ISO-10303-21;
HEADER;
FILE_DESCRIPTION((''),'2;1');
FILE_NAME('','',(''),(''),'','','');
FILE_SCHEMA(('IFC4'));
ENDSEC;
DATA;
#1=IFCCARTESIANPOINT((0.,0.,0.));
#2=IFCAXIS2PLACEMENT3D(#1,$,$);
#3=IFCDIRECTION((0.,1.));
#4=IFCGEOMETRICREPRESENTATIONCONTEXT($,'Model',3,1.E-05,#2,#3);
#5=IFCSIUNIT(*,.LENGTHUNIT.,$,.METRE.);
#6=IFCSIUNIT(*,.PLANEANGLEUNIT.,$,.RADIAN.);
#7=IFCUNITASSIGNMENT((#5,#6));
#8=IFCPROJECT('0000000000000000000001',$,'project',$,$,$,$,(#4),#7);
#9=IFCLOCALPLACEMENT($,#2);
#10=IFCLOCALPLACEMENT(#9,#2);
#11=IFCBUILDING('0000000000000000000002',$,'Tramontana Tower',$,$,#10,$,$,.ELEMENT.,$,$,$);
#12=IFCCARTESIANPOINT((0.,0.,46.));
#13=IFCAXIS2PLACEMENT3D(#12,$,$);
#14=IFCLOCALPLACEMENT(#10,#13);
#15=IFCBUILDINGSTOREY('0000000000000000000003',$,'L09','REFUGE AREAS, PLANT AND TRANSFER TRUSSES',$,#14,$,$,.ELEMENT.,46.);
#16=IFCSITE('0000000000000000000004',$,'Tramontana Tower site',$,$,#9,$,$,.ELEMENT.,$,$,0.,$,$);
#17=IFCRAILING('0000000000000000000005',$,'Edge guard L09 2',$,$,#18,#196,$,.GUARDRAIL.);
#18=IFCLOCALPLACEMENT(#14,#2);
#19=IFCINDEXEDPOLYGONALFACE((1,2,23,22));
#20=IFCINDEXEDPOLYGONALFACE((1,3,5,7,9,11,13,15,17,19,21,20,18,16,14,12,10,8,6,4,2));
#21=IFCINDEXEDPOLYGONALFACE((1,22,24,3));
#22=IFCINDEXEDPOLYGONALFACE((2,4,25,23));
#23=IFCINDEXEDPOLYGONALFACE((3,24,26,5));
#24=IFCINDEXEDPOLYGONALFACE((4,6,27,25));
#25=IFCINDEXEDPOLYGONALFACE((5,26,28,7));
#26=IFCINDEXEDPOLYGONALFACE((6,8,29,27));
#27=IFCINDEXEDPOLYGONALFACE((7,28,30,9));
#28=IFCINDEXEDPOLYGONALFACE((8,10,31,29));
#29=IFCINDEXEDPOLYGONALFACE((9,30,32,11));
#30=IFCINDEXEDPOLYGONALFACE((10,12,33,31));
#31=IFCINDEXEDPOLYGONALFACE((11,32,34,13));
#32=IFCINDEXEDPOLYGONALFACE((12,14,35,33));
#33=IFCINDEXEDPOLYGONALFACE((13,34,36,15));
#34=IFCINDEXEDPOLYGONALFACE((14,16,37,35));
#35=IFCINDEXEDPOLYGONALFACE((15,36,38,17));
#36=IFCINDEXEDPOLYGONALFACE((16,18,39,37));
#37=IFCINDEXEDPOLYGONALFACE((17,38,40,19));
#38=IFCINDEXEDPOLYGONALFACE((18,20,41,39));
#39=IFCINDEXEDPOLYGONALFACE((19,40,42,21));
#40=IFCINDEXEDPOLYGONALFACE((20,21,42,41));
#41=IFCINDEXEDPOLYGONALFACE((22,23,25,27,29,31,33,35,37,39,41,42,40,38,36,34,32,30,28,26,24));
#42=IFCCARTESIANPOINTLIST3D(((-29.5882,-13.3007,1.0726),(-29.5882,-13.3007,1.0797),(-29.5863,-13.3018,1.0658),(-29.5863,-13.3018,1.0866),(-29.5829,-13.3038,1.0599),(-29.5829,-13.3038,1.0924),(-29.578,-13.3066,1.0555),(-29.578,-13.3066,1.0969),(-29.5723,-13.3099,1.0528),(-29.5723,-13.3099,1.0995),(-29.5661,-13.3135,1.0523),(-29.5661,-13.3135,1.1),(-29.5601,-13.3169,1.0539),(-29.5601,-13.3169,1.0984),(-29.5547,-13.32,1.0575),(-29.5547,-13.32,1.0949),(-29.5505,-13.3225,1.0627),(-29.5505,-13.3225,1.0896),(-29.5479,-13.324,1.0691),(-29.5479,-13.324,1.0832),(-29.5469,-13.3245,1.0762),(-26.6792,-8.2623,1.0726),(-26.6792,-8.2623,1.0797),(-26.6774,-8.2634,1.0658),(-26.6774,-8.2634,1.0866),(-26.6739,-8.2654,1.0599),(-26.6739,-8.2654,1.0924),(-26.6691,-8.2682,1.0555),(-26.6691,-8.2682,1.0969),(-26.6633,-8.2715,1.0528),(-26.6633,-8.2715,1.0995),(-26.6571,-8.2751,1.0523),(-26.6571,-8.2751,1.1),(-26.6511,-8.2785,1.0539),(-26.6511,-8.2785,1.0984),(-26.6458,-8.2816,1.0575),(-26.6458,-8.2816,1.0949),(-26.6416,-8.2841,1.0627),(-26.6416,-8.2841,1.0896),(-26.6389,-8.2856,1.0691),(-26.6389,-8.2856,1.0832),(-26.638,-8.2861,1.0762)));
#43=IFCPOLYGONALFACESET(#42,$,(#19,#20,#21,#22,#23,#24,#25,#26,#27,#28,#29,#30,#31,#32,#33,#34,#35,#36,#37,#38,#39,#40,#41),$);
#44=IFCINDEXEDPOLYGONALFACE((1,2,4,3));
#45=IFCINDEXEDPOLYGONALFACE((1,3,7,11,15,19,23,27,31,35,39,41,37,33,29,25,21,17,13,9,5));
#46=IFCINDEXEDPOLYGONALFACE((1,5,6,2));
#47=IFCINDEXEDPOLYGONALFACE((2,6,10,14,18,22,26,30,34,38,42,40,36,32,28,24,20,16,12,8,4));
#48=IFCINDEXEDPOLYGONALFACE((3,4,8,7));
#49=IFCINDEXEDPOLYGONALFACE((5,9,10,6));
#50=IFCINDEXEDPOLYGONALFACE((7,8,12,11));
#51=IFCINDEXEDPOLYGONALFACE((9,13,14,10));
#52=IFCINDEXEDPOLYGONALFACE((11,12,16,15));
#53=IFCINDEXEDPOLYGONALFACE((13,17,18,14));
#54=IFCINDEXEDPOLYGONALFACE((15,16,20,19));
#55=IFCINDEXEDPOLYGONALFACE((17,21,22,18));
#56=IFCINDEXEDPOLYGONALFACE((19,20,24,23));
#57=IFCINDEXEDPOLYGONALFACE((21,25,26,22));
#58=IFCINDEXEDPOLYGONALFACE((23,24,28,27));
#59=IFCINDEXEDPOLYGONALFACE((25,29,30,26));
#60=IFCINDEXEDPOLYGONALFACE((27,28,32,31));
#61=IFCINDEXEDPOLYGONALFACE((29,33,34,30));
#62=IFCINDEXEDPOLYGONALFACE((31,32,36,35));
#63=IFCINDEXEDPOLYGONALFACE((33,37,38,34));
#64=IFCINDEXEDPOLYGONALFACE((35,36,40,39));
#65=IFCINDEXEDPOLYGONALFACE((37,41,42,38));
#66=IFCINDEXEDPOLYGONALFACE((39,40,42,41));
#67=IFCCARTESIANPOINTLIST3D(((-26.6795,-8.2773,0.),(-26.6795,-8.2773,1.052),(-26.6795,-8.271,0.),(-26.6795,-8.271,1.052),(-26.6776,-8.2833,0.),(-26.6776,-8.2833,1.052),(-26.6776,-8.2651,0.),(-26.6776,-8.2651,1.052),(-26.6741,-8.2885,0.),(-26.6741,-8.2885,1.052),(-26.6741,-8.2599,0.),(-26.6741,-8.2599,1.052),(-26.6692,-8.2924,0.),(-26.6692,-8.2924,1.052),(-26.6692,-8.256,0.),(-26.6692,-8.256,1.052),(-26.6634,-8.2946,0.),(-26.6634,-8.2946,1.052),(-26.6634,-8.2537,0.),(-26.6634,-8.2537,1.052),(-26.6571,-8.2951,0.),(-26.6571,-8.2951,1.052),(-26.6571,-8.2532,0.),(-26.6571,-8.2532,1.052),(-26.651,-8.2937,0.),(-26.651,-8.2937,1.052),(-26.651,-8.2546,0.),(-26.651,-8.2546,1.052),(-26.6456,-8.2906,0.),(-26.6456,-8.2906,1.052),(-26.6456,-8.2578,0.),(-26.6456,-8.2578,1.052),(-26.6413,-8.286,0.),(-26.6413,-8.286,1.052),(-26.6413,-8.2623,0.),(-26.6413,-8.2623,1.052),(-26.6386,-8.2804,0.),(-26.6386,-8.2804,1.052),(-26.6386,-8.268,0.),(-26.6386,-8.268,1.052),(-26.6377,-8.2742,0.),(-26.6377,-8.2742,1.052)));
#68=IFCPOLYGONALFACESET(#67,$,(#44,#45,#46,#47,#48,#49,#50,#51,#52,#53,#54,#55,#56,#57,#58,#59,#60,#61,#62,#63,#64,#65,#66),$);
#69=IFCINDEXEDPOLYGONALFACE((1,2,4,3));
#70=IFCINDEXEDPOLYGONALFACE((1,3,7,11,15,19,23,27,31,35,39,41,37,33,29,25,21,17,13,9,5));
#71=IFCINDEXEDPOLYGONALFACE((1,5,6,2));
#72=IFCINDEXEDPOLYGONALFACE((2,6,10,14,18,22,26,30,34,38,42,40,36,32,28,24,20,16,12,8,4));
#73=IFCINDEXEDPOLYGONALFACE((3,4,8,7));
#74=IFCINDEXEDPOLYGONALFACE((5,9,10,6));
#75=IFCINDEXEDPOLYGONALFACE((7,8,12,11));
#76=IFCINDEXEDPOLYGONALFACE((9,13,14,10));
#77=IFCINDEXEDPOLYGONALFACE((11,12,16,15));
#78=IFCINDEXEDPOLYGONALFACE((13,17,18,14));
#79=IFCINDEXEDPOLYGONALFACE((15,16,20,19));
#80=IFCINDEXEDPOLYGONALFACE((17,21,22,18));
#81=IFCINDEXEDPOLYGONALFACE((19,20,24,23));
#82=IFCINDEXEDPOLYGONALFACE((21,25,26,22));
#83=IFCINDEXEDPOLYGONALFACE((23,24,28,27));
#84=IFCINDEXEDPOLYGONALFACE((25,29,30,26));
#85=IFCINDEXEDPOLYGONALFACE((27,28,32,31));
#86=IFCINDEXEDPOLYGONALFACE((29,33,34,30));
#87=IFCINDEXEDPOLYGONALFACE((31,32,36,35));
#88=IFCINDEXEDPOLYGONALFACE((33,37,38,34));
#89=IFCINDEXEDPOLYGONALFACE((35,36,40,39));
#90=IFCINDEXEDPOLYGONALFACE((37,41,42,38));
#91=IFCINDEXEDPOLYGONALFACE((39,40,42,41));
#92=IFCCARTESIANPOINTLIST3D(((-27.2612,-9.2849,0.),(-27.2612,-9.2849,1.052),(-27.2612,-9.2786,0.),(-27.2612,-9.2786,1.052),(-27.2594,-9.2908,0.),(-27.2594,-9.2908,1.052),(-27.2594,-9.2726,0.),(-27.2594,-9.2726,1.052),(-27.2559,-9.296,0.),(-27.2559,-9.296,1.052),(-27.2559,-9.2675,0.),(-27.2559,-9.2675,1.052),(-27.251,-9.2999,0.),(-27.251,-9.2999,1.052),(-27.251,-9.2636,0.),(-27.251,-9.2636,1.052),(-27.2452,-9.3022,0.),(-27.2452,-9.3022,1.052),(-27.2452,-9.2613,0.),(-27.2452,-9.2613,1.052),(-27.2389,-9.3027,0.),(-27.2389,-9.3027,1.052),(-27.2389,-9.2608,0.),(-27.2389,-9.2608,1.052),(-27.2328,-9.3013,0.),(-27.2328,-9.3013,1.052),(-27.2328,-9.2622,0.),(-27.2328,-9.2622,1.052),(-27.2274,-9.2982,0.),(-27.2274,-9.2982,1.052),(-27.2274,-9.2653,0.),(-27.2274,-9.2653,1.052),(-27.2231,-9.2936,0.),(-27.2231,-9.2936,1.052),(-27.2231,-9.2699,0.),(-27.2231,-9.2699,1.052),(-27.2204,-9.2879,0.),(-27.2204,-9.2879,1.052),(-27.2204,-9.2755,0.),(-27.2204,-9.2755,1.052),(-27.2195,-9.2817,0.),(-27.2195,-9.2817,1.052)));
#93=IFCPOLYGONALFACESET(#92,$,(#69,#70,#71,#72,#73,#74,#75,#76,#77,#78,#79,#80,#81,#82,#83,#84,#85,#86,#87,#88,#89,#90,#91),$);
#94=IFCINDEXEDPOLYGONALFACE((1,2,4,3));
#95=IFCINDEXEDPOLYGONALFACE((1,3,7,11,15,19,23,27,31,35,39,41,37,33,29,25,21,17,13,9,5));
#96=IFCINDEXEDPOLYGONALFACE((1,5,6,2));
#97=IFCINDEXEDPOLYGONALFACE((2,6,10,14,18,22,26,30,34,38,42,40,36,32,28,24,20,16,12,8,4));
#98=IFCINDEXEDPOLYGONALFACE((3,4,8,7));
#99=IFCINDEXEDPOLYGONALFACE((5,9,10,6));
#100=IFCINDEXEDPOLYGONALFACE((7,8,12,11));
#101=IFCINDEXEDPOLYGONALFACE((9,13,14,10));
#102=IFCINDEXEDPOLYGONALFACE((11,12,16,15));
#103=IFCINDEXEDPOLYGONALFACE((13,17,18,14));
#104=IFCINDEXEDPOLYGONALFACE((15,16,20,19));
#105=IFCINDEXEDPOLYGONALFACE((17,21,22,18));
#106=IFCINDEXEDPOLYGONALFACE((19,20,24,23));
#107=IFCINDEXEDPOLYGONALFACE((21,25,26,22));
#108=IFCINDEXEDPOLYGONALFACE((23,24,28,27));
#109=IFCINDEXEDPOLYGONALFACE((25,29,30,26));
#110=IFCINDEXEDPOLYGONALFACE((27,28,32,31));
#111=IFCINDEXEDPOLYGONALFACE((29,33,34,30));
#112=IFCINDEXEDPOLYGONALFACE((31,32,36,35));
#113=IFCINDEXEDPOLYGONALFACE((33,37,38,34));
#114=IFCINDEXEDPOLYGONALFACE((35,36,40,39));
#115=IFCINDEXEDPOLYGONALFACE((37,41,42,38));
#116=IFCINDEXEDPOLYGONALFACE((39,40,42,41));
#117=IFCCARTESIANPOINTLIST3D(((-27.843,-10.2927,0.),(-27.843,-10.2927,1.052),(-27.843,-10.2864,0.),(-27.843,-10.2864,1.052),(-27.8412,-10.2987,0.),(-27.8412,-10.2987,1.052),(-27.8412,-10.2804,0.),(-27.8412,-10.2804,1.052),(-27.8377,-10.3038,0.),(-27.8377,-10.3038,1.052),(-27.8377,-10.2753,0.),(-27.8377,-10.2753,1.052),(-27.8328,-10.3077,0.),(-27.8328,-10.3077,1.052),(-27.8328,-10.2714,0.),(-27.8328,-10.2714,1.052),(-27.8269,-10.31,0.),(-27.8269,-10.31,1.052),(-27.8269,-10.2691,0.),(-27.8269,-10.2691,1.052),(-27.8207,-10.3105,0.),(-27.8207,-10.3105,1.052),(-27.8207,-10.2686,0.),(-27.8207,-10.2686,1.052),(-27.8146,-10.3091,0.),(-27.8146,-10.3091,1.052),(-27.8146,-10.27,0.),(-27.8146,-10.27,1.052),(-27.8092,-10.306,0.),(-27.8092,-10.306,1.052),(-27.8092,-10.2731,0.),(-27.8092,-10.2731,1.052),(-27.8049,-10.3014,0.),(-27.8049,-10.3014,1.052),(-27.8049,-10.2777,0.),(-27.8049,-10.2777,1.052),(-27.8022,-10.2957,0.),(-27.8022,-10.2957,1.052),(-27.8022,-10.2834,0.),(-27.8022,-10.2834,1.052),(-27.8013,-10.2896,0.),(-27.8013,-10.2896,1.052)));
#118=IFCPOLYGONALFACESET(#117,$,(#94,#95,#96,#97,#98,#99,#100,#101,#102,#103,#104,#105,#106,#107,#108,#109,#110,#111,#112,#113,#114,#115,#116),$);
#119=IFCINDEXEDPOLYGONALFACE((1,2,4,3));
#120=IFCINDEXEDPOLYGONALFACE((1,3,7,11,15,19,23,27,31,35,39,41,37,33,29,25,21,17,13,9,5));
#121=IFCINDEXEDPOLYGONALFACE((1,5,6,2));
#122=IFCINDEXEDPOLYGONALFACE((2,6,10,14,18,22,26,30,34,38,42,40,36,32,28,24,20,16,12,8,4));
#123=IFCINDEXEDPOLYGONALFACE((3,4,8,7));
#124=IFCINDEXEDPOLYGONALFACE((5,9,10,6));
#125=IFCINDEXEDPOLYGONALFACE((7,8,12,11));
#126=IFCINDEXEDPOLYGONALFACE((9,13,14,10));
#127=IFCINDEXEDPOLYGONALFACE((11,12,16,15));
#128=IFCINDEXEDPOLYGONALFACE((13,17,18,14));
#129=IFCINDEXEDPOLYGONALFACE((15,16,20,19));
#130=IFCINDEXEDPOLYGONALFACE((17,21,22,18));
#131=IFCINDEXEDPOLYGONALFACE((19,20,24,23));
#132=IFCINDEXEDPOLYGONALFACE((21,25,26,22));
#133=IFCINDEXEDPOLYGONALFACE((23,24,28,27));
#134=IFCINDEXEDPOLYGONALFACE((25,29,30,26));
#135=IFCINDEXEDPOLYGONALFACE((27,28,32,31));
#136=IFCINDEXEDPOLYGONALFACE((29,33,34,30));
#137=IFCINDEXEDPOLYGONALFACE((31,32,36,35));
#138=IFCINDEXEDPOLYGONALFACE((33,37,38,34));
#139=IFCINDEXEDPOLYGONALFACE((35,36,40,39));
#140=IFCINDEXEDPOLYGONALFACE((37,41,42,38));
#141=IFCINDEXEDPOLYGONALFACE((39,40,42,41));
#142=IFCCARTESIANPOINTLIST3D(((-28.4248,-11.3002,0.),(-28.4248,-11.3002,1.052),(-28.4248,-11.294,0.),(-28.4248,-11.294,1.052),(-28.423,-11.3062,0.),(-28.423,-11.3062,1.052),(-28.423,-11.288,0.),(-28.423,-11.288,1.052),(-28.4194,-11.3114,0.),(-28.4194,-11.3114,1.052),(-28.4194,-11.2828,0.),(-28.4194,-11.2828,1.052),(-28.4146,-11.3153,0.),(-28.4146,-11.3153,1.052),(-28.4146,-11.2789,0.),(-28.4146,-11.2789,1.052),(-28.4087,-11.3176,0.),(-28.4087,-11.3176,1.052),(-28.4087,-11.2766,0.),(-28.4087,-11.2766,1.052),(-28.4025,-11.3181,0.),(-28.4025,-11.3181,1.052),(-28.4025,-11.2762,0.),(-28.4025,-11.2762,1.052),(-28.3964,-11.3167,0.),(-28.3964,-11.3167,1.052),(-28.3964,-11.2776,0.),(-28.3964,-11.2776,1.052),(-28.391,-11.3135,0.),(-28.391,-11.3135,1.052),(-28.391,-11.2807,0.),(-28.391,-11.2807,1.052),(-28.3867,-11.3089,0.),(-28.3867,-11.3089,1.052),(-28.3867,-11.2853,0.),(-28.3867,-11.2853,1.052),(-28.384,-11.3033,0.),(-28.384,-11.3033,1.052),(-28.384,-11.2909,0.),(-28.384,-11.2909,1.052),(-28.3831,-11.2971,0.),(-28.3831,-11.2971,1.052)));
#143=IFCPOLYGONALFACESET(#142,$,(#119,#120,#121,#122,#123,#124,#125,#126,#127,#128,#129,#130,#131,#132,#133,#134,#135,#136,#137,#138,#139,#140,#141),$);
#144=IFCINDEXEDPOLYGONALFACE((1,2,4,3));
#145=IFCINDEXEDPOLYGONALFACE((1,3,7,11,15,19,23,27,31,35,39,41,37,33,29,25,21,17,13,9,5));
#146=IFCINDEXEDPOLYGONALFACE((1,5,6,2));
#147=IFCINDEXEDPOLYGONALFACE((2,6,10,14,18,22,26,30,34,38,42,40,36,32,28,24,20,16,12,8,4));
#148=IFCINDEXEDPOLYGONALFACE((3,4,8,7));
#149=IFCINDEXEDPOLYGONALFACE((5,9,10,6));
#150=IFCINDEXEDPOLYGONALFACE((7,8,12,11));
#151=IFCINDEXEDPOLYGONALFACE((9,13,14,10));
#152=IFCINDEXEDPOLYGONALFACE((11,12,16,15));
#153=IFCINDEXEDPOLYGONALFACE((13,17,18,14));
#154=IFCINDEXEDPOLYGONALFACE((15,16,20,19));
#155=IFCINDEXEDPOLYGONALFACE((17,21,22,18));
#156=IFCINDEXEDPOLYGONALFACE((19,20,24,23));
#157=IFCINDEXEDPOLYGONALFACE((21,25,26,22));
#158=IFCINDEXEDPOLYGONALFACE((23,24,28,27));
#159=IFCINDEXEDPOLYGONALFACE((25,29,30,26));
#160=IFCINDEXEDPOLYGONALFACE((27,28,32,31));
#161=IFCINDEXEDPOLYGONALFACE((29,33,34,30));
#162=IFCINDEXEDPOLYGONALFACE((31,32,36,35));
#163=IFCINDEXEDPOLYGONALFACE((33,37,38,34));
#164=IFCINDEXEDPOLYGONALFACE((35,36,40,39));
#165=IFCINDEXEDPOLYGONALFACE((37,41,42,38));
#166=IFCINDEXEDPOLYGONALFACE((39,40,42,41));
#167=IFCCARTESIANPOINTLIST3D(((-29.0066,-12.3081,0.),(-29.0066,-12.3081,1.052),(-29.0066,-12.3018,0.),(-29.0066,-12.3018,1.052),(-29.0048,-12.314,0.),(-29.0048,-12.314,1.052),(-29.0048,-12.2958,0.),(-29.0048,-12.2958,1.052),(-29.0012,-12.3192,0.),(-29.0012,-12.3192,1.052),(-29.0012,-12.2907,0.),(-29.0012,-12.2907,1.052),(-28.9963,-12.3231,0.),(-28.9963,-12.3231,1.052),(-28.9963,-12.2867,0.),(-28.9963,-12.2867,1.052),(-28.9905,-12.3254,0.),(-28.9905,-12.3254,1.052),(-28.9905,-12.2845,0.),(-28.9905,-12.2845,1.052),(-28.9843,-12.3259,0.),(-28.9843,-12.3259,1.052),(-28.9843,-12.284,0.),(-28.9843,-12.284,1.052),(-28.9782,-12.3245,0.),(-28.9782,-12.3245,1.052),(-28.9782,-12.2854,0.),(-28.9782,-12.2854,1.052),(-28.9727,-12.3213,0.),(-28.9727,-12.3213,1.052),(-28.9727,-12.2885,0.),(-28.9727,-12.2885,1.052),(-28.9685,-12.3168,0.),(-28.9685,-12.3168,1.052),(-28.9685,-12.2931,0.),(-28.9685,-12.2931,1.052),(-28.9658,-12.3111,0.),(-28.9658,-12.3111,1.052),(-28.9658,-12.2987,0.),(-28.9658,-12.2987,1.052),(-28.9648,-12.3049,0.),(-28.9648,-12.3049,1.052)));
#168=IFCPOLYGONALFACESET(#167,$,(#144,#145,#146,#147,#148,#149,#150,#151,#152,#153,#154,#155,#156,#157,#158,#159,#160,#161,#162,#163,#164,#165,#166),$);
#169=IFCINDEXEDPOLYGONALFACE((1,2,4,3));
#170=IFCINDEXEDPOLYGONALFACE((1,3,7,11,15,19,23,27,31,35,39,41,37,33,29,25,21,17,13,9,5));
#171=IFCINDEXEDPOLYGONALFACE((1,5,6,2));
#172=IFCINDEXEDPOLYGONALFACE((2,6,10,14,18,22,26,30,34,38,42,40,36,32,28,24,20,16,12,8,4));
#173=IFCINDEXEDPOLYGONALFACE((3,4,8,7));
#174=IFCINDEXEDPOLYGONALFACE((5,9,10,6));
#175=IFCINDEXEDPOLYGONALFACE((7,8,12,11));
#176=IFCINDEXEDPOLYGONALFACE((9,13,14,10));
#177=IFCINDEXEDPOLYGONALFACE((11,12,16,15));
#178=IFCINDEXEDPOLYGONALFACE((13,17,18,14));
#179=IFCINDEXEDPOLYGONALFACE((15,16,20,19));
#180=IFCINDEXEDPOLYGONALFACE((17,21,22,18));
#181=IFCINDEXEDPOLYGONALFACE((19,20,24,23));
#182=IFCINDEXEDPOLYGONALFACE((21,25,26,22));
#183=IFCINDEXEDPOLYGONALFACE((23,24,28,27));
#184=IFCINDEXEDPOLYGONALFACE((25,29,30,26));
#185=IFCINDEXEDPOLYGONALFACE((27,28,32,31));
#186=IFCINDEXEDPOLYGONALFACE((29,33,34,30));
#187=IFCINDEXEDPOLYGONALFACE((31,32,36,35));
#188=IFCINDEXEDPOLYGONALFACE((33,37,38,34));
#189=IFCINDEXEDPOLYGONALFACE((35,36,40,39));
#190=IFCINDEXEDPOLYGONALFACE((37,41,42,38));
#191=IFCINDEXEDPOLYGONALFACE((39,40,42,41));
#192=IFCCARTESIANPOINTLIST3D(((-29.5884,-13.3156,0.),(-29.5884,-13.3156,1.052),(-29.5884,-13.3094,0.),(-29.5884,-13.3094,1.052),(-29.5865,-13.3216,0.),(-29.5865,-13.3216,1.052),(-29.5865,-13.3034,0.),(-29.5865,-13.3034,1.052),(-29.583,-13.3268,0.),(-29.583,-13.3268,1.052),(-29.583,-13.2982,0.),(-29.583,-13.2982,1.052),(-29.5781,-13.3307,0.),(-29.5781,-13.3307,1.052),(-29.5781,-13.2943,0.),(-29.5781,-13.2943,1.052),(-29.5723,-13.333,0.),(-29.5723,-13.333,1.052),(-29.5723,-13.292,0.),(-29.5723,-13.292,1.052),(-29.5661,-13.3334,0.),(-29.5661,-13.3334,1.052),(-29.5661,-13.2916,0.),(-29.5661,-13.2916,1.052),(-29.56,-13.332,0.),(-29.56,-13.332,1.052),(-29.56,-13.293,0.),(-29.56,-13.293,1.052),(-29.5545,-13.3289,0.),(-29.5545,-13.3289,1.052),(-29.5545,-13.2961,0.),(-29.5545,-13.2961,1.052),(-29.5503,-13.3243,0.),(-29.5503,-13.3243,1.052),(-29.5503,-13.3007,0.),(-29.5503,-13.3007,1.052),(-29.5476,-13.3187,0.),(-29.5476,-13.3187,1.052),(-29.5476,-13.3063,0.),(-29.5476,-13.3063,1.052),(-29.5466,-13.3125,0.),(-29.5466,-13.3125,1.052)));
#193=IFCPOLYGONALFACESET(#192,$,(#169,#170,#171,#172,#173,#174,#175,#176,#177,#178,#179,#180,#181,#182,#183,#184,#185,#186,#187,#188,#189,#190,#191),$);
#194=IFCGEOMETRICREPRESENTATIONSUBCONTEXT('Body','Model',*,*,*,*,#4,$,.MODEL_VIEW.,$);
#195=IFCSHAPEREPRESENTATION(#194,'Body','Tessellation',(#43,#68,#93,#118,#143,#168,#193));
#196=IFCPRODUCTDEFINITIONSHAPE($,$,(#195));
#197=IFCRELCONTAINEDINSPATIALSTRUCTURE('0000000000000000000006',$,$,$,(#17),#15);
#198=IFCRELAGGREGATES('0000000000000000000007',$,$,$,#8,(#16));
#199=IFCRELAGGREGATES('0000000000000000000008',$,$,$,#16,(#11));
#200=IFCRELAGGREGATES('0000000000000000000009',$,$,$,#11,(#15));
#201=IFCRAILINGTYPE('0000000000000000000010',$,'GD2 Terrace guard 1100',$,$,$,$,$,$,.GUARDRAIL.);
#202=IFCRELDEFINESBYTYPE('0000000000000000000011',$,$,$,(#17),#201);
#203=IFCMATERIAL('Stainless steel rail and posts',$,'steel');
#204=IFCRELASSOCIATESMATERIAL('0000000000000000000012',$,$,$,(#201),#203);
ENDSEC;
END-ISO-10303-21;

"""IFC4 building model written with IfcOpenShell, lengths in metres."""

from ifc_helpers import new_model, si_unit, direction, frame, origin, origin_2d, place, context, subcontext, project, spatial, circle, extrude, material, type_object, element, save


model = new_model("IFC4")

# Units and contexts
model_context = context("Model", 3, precision=1e-05, world=origin(), true_north=direction((0.0, 1.0)))
body_context = subcontext(model_context, "Body", "Model", "MODEL_VIEW")
ifc_project = project(units=[si_unit("LENGTHUNIT", "METRE"), si_unit("PLANEANGLEUNIT", "RADIAN")], contexts=[model_context])

# Site, building, storey
site_placement = place(None, origin())
site = spatial("IfcSite", under=ifc_project, at=site_placement, Name="Tramontana Tower site", CompositionType="ELEMENT", RefElevation=0.0)
building_placement = place(site_placement, origin())
building = spatial("IfcBuilding", under=site, at=building_placement, Name="Tramontana Tower", CompositionType="ELEMENT")
storey_placement = place(building_placement, frame((0.0, 0.0, 46.0)))
storey = spatial("IfcBuildingStorey", under=building, at=storey_placement, Name="L09", Description="REFUGE AREAS, PLANT AND TRANSFER TRUSSES", CompositionType="ELEMENT", Elevation=46.0)

# Railing
ifc_material_1 = material(Name="Stainless steel rail and posts", Category="steel")
railing_type = type_object("IfcRailingType", Name="GD2 Terrace guard 1100", PredefinedType="GUARDRAIL", material=ifc_material_1)
railing_1_placement = place(storey_placement, frame((-26.6587, -8.2742, 0.0)))
element("IfcRailing", 1, at=railing_1_placement, inside=storey, type_object=railing_type, Name="Edge guard L09 2", PredefinedType="GUARDRAIL", context=body_context, shape_type="SweptSolid", body=[
    extrude(circle(Radius=0.0239, at=origin_2d()), frame((0.0, 0.0, 1.0762), z_axis=(-0.500007, -0.866021, 0.0), x_axis=(0.866021, -0.500007, 0.0)), (0.0, 0.0, 1.0), 5.8179),
    extrude(circle(Radius=0.021, at=origin_2d()), origin(), (0.0, 0.0, 1.0), 1.052),
    extrude(circle(Radius=0.021, at=origin_2d()), frame((-0.5818, -1.0076, 0.0)), (0.0, 0.0, 1.0), 1.052),
    extrude(circle(Radius=0.021, at=origin_2d()), frame((-1.1636, -2.0154, 0.0)), (0.0, 0.0, 1.0), 1.052),
    extrude(circle(Radius=0.021, at=origin_2d()), frame((-1.7454, -3.0229, 0.0)), (0.0, 0.0, 1.0), 1.052),
    extrude(circle(Radius=0.021, at=origin_2d()), frame((-2.3271, -4.0308, 0.0)), (0.0, 0.0, 1.0), 1.052),
    extrude(circle(Radius=0.021, at=origin_2d()), frame((-2.9089, -5.0383, 0.0)), (0.0, 0.0, 1.0), 1.052),
])

save(model, "model.ifc")
